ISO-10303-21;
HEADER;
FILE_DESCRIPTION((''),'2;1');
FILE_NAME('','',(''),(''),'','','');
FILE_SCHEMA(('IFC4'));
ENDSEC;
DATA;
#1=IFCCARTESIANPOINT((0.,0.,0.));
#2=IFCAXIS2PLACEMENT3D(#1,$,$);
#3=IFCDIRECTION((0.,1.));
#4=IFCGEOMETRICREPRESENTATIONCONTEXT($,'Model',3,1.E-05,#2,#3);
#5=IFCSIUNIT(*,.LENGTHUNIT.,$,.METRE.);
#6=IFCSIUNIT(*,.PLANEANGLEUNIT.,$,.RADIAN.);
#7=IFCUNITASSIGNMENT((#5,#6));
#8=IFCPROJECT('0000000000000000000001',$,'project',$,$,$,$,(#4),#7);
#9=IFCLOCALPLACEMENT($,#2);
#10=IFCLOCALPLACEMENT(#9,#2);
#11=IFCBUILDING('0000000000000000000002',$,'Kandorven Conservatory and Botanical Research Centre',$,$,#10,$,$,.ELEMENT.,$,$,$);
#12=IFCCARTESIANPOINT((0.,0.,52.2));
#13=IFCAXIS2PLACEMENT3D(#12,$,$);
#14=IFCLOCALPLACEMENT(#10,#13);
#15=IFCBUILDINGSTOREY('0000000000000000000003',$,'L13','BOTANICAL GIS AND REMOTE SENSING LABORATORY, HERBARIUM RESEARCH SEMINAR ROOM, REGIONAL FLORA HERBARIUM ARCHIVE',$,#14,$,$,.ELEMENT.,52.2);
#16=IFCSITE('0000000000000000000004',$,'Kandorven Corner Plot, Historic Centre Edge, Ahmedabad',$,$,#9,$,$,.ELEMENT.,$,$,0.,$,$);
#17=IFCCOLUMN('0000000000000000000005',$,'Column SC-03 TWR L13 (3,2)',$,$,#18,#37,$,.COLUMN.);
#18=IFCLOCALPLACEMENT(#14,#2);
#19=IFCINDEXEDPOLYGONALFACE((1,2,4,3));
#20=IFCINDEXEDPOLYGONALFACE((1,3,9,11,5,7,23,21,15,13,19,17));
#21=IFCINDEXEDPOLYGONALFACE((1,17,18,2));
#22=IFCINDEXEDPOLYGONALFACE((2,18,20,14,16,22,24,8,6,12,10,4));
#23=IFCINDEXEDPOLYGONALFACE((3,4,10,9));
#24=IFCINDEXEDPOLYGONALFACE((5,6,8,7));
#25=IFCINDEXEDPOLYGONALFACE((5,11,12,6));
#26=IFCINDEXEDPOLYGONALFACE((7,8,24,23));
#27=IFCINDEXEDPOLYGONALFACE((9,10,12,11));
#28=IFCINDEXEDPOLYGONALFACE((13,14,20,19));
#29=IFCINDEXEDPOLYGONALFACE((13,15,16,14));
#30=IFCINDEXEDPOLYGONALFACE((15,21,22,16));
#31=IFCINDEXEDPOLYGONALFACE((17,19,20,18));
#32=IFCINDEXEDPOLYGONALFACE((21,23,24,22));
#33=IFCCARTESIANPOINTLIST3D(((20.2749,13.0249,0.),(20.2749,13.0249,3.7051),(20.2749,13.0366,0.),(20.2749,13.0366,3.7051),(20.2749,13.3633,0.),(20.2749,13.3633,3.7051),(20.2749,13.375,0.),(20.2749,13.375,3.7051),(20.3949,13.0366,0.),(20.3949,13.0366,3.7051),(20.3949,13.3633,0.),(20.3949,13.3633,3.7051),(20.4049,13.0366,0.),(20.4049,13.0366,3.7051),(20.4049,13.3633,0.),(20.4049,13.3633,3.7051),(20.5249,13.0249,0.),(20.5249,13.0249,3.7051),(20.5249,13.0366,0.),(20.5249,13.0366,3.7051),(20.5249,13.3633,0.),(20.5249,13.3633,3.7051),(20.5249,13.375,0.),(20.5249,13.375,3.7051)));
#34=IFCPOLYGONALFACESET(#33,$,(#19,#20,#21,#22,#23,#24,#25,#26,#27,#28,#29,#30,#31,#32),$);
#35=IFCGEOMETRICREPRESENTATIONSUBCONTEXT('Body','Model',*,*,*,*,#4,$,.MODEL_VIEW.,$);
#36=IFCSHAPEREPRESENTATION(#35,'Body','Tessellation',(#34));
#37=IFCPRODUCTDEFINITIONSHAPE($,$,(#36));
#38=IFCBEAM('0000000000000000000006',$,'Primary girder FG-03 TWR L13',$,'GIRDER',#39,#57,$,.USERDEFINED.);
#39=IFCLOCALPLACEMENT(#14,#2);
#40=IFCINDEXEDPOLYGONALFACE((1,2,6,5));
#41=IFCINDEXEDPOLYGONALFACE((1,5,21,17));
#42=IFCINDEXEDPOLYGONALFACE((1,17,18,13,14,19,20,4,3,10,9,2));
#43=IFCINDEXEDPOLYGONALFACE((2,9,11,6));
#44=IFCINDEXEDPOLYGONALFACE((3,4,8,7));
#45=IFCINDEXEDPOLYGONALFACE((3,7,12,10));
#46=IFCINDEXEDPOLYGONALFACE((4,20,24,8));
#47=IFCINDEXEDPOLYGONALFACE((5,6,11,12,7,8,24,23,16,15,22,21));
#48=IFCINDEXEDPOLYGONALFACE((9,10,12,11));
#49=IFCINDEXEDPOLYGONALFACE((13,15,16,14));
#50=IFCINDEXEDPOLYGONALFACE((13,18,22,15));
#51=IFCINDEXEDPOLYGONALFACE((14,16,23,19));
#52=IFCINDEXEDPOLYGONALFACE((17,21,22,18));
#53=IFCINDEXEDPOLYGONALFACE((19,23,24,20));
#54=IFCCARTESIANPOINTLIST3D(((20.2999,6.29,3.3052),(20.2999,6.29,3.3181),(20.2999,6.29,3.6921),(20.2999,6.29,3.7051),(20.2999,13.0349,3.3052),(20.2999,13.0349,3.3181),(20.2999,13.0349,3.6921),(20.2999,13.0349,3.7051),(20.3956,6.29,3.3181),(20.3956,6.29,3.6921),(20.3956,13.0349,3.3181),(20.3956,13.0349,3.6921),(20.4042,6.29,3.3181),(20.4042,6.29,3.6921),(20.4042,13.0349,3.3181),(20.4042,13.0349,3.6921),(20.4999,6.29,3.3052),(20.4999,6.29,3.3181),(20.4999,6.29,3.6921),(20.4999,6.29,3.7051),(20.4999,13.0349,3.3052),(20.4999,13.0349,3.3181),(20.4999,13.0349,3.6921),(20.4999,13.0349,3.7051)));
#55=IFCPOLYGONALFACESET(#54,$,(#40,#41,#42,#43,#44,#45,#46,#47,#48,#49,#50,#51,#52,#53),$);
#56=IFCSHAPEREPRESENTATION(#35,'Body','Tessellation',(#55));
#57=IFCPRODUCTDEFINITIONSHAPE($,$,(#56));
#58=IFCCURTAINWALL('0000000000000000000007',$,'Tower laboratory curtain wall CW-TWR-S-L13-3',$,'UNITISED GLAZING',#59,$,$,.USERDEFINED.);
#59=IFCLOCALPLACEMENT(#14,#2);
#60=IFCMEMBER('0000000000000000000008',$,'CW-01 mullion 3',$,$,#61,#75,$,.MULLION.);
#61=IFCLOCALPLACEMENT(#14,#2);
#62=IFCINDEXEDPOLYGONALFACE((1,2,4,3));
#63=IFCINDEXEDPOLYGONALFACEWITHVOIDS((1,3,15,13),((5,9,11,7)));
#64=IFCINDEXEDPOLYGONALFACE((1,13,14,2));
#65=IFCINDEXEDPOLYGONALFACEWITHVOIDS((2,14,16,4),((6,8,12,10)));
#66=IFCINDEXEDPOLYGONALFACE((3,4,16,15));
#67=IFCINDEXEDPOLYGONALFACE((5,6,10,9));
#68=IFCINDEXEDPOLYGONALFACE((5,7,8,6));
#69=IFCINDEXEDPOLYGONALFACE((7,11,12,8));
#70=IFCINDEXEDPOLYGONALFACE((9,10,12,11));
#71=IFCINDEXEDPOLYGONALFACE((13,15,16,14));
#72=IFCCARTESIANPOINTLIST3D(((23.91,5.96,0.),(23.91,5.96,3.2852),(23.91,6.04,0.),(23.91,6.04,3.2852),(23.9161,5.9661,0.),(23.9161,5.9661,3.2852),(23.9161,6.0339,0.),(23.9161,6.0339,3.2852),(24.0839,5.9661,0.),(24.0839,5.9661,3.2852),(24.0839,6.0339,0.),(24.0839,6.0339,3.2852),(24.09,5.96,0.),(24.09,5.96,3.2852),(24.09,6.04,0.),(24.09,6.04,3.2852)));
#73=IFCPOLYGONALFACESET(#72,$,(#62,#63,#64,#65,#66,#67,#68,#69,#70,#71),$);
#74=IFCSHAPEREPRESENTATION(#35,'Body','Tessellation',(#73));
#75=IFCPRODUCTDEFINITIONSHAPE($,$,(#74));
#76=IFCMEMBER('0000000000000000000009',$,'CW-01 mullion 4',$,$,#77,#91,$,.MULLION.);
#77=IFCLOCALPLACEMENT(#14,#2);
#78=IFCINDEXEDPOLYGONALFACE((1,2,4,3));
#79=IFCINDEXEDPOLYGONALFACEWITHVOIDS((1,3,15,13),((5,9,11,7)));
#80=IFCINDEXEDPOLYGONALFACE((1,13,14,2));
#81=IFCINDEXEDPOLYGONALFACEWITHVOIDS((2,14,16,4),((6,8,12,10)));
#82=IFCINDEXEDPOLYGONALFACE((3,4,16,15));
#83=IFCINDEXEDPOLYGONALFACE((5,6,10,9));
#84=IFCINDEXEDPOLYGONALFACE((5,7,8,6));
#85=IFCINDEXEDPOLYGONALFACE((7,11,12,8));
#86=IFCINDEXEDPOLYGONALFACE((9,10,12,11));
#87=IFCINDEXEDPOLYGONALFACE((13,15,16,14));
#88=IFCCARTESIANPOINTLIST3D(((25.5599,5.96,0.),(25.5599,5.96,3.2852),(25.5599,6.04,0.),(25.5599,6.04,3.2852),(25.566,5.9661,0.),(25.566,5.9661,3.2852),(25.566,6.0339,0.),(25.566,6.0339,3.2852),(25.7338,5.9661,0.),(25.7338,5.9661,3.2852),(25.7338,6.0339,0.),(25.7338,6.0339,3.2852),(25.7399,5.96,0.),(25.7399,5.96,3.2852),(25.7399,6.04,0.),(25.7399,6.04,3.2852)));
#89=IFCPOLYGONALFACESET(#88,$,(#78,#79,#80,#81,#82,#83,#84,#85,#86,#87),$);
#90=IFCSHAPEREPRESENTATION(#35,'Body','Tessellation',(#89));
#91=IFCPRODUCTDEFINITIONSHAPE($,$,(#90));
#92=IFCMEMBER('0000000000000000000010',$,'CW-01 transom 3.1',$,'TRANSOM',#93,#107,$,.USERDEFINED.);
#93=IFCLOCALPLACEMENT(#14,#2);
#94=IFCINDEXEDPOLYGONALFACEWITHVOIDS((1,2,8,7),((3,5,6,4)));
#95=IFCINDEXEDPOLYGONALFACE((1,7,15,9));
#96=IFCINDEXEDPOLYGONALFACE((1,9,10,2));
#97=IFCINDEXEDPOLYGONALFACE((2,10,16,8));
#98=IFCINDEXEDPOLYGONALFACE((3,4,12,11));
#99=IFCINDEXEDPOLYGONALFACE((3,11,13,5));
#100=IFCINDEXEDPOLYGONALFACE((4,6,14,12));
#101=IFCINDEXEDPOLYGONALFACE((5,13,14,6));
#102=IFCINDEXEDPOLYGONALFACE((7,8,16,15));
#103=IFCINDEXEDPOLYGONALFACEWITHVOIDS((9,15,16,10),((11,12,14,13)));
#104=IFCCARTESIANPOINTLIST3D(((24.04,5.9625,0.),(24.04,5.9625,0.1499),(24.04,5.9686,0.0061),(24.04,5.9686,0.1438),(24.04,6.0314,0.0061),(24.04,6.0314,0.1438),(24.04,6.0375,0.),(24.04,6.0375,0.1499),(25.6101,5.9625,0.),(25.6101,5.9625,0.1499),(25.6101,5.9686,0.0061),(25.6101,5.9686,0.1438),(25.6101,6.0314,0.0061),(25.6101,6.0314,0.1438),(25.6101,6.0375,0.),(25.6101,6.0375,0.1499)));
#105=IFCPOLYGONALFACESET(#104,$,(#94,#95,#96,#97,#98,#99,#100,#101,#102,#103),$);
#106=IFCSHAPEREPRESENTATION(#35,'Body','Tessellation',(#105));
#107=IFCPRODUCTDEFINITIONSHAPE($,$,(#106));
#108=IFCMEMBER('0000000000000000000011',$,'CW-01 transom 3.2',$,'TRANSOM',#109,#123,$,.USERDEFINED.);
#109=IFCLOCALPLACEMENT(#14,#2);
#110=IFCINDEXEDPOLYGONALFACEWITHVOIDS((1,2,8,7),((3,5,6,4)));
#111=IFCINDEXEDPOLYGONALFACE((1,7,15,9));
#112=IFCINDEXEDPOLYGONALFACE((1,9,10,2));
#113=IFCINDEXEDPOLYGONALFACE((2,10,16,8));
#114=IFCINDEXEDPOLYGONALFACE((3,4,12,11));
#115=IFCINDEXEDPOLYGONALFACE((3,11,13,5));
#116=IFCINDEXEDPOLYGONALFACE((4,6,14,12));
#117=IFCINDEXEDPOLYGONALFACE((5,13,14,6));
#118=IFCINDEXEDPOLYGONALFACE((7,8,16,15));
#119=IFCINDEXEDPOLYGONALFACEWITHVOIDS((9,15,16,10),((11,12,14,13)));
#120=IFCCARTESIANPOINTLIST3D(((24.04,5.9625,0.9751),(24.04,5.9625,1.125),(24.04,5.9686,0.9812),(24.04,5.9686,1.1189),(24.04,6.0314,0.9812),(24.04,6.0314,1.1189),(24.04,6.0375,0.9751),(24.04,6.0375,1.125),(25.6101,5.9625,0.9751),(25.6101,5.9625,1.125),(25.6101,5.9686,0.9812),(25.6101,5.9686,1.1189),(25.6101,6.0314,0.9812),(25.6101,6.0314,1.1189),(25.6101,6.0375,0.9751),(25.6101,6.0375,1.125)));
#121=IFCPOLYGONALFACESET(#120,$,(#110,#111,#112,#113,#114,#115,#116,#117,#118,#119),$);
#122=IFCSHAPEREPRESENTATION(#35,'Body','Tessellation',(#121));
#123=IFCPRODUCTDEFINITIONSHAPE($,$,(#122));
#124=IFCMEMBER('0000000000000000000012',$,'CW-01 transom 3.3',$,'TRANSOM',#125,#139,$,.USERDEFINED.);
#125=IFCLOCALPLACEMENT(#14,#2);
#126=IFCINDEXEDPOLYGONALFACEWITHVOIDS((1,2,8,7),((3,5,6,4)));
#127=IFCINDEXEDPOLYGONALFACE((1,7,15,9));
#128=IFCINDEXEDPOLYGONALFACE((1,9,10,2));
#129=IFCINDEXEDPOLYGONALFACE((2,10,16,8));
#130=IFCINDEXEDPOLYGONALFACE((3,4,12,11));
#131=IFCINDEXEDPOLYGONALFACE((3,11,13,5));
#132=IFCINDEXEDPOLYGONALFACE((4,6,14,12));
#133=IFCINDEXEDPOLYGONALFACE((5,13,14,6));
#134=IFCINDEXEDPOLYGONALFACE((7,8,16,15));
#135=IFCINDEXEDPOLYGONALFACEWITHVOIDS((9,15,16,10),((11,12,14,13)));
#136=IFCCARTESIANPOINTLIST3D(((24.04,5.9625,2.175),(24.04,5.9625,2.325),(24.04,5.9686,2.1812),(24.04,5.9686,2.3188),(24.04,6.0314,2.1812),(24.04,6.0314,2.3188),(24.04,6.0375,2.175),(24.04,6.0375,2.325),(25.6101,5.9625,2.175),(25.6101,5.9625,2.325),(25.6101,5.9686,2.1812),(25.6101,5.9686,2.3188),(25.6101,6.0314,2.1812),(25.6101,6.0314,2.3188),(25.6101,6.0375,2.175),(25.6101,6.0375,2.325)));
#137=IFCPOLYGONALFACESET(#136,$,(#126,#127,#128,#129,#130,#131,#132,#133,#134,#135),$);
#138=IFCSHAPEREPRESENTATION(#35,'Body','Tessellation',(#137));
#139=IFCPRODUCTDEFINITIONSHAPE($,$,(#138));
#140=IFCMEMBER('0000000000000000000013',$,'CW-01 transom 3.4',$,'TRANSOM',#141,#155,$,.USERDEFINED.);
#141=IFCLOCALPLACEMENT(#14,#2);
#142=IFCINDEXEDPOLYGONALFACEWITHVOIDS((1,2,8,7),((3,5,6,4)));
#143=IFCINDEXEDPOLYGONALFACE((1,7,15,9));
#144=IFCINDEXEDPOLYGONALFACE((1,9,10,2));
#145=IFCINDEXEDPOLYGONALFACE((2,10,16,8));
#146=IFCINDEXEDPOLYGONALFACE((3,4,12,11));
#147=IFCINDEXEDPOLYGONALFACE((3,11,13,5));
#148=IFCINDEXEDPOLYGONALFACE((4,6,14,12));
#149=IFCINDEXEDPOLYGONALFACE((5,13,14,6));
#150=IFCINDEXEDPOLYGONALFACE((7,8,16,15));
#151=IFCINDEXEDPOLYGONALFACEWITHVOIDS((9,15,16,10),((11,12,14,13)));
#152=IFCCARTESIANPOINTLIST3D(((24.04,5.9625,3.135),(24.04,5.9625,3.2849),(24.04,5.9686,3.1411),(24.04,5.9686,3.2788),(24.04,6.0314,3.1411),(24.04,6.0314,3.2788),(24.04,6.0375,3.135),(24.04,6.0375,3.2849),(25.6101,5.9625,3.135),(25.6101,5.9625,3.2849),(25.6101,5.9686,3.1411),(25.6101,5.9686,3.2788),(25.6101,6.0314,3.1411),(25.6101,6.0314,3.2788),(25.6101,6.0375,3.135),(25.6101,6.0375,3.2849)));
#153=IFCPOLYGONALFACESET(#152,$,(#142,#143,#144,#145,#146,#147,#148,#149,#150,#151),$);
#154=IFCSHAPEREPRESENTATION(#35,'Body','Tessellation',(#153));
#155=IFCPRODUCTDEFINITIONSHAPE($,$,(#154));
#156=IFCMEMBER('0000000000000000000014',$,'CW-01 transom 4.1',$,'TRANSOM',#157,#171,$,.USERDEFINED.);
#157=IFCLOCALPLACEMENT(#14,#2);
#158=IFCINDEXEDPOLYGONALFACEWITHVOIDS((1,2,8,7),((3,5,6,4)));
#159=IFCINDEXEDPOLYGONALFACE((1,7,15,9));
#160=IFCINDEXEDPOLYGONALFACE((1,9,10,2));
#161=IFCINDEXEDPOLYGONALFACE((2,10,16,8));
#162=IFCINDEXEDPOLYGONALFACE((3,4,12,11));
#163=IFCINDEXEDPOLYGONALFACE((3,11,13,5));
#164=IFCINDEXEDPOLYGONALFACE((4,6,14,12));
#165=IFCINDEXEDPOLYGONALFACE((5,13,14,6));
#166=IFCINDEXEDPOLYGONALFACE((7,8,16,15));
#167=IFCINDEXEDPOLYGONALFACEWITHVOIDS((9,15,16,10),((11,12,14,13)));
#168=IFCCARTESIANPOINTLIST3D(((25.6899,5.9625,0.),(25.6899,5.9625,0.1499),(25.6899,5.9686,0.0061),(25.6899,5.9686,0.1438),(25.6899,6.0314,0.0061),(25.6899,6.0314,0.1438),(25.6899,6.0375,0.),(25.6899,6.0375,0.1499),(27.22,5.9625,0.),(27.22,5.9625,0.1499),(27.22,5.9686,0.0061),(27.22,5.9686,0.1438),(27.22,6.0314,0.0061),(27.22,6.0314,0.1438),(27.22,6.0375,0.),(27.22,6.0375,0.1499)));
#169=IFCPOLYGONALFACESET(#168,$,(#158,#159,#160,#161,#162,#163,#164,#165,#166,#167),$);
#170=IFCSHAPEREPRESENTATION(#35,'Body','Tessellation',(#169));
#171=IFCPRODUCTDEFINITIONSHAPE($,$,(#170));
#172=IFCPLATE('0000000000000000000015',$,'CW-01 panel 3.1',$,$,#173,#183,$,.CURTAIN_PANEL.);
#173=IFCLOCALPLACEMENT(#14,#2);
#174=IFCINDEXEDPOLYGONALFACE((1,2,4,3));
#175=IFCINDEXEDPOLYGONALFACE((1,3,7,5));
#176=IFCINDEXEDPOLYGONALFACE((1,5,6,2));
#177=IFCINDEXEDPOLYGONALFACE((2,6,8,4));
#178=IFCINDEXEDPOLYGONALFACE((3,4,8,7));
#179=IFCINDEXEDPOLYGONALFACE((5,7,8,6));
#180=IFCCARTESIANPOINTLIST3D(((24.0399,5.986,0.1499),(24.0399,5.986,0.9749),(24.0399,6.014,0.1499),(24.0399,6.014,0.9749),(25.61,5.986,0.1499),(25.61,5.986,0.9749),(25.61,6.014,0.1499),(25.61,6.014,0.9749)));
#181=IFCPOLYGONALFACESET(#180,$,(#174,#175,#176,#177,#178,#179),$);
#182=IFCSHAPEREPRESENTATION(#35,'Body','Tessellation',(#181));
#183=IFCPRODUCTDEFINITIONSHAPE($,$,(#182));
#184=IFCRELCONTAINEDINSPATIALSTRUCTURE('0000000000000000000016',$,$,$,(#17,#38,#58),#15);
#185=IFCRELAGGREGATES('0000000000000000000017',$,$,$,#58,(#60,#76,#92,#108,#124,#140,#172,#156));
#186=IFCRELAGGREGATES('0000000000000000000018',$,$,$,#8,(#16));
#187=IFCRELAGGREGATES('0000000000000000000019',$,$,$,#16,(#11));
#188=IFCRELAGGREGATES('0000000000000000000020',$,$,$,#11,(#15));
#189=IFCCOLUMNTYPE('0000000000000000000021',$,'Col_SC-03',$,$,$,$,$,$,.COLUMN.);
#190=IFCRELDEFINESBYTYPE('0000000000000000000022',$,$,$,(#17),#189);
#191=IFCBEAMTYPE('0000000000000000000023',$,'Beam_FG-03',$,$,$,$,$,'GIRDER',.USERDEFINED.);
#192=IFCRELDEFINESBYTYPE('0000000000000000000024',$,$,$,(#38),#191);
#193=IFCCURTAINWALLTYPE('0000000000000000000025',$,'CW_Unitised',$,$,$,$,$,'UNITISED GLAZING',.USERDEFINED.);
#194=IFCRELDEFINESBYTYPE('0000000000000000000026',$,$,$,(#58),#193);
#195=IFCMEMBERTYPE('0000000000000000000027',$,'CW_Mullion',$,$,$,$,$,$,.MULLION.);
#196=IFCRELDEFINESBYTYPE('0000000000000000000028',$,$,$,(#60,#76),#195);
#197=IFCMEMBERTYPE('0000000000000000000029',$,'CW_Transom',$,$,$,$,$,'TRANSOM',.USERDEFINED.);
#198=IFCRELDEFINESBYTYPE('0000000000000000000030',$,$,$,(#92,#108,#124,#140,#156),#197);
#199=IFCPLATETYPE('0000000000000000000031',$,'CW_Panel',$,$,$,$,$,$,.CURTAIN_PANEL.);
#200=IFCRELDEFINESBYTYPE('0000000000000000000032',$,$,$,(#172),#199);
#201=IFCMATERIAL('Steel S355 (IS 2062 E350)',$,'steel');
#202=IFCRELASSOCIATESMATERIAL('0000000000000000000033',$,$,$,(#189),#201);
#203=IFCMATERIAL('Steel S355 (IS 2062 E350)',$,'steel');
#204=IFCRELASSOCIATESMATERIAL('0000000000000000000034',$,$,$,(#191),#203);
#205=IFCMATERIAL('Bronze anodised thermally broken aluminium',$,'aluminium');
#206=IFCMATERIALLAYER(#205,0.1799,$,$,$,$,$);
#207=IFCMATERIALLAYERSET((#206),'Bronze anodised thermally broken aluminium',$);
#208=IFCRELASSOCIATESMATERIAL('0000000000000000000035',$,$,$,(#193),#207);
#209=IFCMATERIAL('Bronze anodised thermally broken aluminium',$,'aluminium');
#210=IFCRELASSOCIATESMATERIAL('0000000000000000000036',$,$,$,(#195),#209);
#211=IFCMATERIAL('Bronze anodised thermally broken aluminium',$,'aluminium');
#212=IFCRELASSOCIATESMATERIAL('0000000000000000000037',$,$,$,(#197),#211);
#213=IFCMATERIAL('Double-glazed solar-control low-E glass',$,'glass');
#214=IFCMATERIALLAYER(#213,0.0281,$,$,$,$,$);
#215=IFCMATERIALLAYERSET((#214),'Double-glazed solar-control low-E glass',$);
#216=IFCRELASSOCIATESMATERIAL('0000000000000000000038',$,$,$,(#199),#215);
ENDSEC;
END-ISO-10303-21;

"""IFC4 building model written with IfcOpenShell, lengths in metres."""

from ifc_helpers import new_model, si_unit, direction, frame, origin, origin_2d, place, context, subcontext, project, spatial, rectangle, hollow_rectangle, i_section, extrude, material, layer, layer_set, material_profile, profile_set, type_object, element, aggregate, save


model = new_model("IFC4")

# Units and contexts
model_context = context("Model", 3, precision=1e-05, world=origin(), true_north=direction((0.0, 1.0)))
body_context = subcontext(model_context, "Body", "Model", "MODEL_VIEW")
ifc_project = project(units=[si_unit("LENGTHUNIT", "METRE"), si_unit("PLANEANGLEUNIT", "RADIAN")], contexts=[model_context])

# Site, building, storey
site_placement = place(None, origin())
site = spatial("IfcSite", under=ifc_project, at=site_placement, Name="Kandorven Corner Plot, Historic Centre Edge, Ahmedabad", CompositionType="ELEMENT", RefElevation=0.0)
building_placement = place(site_placement, origin())
building = spatial("IfcBuilding", under=site, at=building_placement, Name="Kandorven Conservatory and Botanical Research Centre", CompositionType="ELEMENT")
storey_placement = place(building_placement, frame((0.0, 0.0, 52.2)))
storey = spatial("IfcBuildingStorey", under=building, at=storey_placement, Name="L13", Description="BOTANICAL GIS AND REMOTE SENSING LABORATORY, HERBARIUM RESEARCH SEMINAR ROOM, REGIONAL FLORA HERBARIUM ARCHIVE", CompositionType="ELEMENT", Elevation=52.2)

# Column
ifc_material_1 = material(Name="Steel S355 (IS 2062 E350)", Category="steel")
ifc_material_profile_1 = material_profile(ifc_material_1, i_section(OverallWidth=0.25, OverallDepth=0.3501, WebThickness=0.01, FlangeThickness=0.0117, at=origin_2d()))
ifc_profile_set_1 = profile_set([ifc_material_profile_1], Name="Steel S355 (IS 2062 E350)")
column_type = type_object("IfcColumnType", Name="Col_SC-03", PredefinedType="COLUMN", material=ifc_profile_set_1)
column_placement = place(storey_placement, frame((20.3999, 13.2, 0.0), z_axis=(0.0, 0.0, 1.0), x_axis=(1.0, 0.0, 0.0)))
element("IfcColumn", 1, at=column_placement, inside=storey, type_object=column_type, Name="Column SC-03 TWR L13 (3,2)", PredefinedType="COLUMN", context=body_context, shape_type="SweptSolid", body=[
    extrude(i_section(OverallWidth=0.25, OverallDepth=0.3501, WebThickness=0.01, FlangeThickness=0.0117, at=origin_2d()), origin(), (0.0, 0.0, 1.0), 3.7051),
])

# Beam
ifc_material_2 = material(Name="Steel S355 (IS 2062 E350)", Category="steel")
ifc_material_profile_2 = material_profile(ifc_material_2, i_section(OverallWidth=0.2, OverallDepth=0.3999, WebThickness=0.0085, FlangeThickness=0.0129, at=origin_2d()))
ifc_profile_set_2 = profile_set([ifc_material_profile_2], Name="Steel S355 (IS 2062 E350)")
beam_type = type_object("IfcBeamType", Name="Beam_FG-03", ElementType="GIRDER", PredefinedType="USERDEFINED", material=ifc_profile_set_2)
beam_placement = place(storey_placement, frame((20.3999, 6.29, 3.5051), z_axis=(0.0, 1.0, 0.0), x_axis=(-1.0, 0.0, 0.0)))
element("IfcBeam", 2, at=beam_placement, inside=storey, type_object=beam_type, Name="Primary girder FG-03 TWR L13", ObjectType="GIRDER", PredefinedType="USERDEFINED", context=body_context, shape_type="SweptSolid", body=[
    extrude(i_section(OverallWidth=0.2, OverallDepth=0.3999, WebThickness=0.0085, FlangeThickness=0.0129, at=origin_2d()), origin(), (0.0, 0.0, 1.0), 6.7449),
])

# Curtain wall, members, plate
ifc_material_3 = material(Name="Bronze anodised thermally broken aluminium", Category="aluminium")
ifc_layer_1 = layer(ifc_material_3, 0.1799)
ifc_layer_set_1 = layer_set([ifc_layer_1], Name="Bronze anodised thermally broken aluminium")
curtain_wall_type = type_object("IfcCurtainWallType", Name="CW_Unitised", ElementType="UNITISED GLAZING", PredefinedType="USERDEFINED", material=ifc_layer_set_1)
curtain_wall_placement = place(storey_placement, origin())
curtain_wall = element("IfcCurtainWall", 3, at=curtain_wall_placement, inside=storey, type_object=curtain_wall_type, Name="Tower laboratory curtain wall CW-TWR-S-L13-3", ObjectType="UNITISED GLAZING", PredefinedType="USERDEFINED")
ifc_material_4 = material(Name="Bronze anodised thermally broken aluminium", Category="aluminium")
ifc_material_profile_3 = material_profile(ifc_material_4, hollow_rectangle(XDim=0.0801, YDim=0.1799, WallThickness=0.0061, at=origin_2d()))
ifc_profile_set_3 = profile_set([ifc_material_profile_3], Name="Bronze anodised thermally broken aluminium")
member_type_1 = type_object("IfcMemberType", Name="CW_Mullion", PredefinedType="MULLION", material=ifc_profile_set_3)
member_1_placement = place(storey_placement, frame((24.0, 6.0, 0.0), z_axis=(0.0, 0.0, 1.0), x_axis=(0.0, 1.0, 0.0)))
member_1 = element("IfcMember", 4, at=member_1_placement, type_object=member_type_1, Name="CW-01 mullion 3", PredefinedType="MULLION", context=body_context, shape_type="SweptSolid", body=[
    extrude(hollow_rectangle(XDim=0.0801, YDim=0.1799, WallThickness=0.0061, at=origin_2d()), origin(), (0.0, 0.0, 1.0), 3.2852),
])
member_2_placement = place(storey_placement, frame((25.6499, 6.0, 0.0), z_axis=(0.0, 0.0, 1.0), x_axis=(0.0, 1.0, 0.0)))
member_2 = element("IfcMember", 5, at=member_2_placement, type_object=member_type_1, Name="CW-01 mullion 4", PredefinedType="MULLION", context=body_context, shape_type="SweptSolid", body=[
    extrude(hollow_rectangle(XDim=0.0801, YDim=0.1799, WallThickness=0.0061, at=origin_2d()), origin(), (0.0, 0.0, 1.0), 3.2852),
])
ifc_material_5 = material(Name="Bronze anodised thermally broken aluminium", Category="aluminium")
ifc_material_profile_4 = material_profile(ifc_material_5, hollow_rectangle(XDim=0.075, YDim=0.1499, WallThickness=0.0061, at=origin_2d()))
ifc_profile_set_4 = profile_set([ifc_material_profile_4], Name="Bronze anodised thermally broken aluminium")
member_type_2 = type_object("IfcMemberType", Name="CW_Transom", ElementType="TRANSOM", PredefinedType="USERDEFINED", material=ifc_profile_set_4)
member_3_placement = place(storey_placement, frame((24.04, 6.0, 0.075), z_axis=(1.0, 0.0, 0.0), x_axis=(0.0, 1.0, 0.0)))
member_3 = element("IfcMember", 6, at=member_3_placement, type_object=member_type_2, Name="CW-01 transom 3.1", ObjectType="TRANSOM", PredefinedType="USERDEFINED", context=body_context, shape_type="SweptSolid", body=[
    extrude(hollow_rectangle(XDim=0.075, YDim=0.1499, WallThickness=0.0061, at=origin_2d()), origin(), (0.0, 0.0, 1.0), 1.5701),
])
member_4_placement = place(storey_placement, frame((24.04, 6.0, 1.05), z_axis=(1.0, 0.0, 0.0), x_axis=(0.0, 1.0, 0.0)))
member_4 = element("IfcMember", 7, at=member_4_placement, type_object=member_type_2, Name="CW-01 transom 3.2", ObjectType="TRANSOM", PredefinedType="USERDEFINED", context=body_context, shape_type="SweptSolid", body=[
    extrude(hollow_rectangle(XDim=0.075, YDim=0.1499, WallThickness=0.0061, at=origin_2d()), origin(), (0.0, 0.0, 1.0), 1.5701),
])
member_5_placement = place(storey_placement, frame((24.04, 6.0, 2.25), z_axis=(1.0, 0.0, 0.0), x_axis=(0.0, 1.0, 0.0)))
member_5 = element("IfcMember", 8, at=member_5_placement, type_object=member_type_2, Name="CW-01 transom 3.3", ObjectType="TRANSOM", PredefinedType="USERDEFINED", context=body_context, shape_type="SweptSolid", body=[
    extrude(hollow_rectangle(XDim=0.075, YDim=0.1499, WallThickness=0.0061, at=origin_2d()), origin(), (0.0, 0.0, 1.0), 1.5701),
])
member_6_placement = place(storey_placement, frame((24.04, 6.0, 3.21), z_axis=(1.0, 0.0, 0.0), x_axis=(0.0, 1.0, 0.0)))
member_6 = element("IfcMember", 9, at=member_6_placement, type_object=member_type_2, Name="CW-01 transom 3.4", ObjectType="TRANSOM", PredefinedType="USERDEFINED", context=body_context, shape_type="SweptSolid", body=[
    extrude(hollow_rectangle(XDim=0.075, YDim=0.1499, WallThickness=0.0061, at=origin_2d()), origin(), (0.0, 0.0, 1.0), 1.5701),
])
member_7_placement = place(storey_placement, frame((25.6899, 6.0, 0.075), z_axis=(1.0, 0.0, 0.0), x_axis=(0.0, 1.0, 0.0)))
member_7 = element("IfcMember", 10, at=member_7_placement, type_object=member_type_2, Name="CW-01 transom 4.1", ObjectType="TRANSOM", PredefinedType="USERDEFINED", context=body_context, shape_type="SweptSolid", body=[
    extrude(hollow_rectangle(XDim=0.075, YDim=0.1499, WallThickness=0.0061, at=origin_2d()), origin(), (0.0, 0.0, 1.0), 1.53),
])
ifc_material_6 = material(Name="Double-glazed solar-control low-E glass", Category="glass")
ifc_layer_2 = layer(ifc_material_6, 0.0281)
ifc_layer_set_2 = layer_set([ifc_layer_2], Name="Double-glazed solar-control low-E glass")
plate_type = type_object("IfcPlateType", Name="CW_Panel", PredefinedType="CURTAIN_PANEL", material=ifc_layer_set_2)
plate_1_placement = place(storey_placement, frame((24.825, 6.0, 0.1499), z_axis=(0.0, 0.0, 1.0), x_axis=(1.0, 0.0, 0.0)))
plate_1 = element("IfcPlate", 11, at=plate_1_placement, type_object=plate_type, Name="CW-01 panel 3.1", PredefinedType="CURTAIN_PANEL", context=body_context, shape_type="SweptSolid", body=[
    extrude(rectangle(XDim=1.5701, YDim=0.0281, at=origin_2d()), origin(), (0.0, 0.0, 1.0), 0.825),
])
aggregate(curtain_wall, [member_1, member_2, member_3, member_4, member_5, member_6, plate_1, member_7])

save(model, "model.ifc")
